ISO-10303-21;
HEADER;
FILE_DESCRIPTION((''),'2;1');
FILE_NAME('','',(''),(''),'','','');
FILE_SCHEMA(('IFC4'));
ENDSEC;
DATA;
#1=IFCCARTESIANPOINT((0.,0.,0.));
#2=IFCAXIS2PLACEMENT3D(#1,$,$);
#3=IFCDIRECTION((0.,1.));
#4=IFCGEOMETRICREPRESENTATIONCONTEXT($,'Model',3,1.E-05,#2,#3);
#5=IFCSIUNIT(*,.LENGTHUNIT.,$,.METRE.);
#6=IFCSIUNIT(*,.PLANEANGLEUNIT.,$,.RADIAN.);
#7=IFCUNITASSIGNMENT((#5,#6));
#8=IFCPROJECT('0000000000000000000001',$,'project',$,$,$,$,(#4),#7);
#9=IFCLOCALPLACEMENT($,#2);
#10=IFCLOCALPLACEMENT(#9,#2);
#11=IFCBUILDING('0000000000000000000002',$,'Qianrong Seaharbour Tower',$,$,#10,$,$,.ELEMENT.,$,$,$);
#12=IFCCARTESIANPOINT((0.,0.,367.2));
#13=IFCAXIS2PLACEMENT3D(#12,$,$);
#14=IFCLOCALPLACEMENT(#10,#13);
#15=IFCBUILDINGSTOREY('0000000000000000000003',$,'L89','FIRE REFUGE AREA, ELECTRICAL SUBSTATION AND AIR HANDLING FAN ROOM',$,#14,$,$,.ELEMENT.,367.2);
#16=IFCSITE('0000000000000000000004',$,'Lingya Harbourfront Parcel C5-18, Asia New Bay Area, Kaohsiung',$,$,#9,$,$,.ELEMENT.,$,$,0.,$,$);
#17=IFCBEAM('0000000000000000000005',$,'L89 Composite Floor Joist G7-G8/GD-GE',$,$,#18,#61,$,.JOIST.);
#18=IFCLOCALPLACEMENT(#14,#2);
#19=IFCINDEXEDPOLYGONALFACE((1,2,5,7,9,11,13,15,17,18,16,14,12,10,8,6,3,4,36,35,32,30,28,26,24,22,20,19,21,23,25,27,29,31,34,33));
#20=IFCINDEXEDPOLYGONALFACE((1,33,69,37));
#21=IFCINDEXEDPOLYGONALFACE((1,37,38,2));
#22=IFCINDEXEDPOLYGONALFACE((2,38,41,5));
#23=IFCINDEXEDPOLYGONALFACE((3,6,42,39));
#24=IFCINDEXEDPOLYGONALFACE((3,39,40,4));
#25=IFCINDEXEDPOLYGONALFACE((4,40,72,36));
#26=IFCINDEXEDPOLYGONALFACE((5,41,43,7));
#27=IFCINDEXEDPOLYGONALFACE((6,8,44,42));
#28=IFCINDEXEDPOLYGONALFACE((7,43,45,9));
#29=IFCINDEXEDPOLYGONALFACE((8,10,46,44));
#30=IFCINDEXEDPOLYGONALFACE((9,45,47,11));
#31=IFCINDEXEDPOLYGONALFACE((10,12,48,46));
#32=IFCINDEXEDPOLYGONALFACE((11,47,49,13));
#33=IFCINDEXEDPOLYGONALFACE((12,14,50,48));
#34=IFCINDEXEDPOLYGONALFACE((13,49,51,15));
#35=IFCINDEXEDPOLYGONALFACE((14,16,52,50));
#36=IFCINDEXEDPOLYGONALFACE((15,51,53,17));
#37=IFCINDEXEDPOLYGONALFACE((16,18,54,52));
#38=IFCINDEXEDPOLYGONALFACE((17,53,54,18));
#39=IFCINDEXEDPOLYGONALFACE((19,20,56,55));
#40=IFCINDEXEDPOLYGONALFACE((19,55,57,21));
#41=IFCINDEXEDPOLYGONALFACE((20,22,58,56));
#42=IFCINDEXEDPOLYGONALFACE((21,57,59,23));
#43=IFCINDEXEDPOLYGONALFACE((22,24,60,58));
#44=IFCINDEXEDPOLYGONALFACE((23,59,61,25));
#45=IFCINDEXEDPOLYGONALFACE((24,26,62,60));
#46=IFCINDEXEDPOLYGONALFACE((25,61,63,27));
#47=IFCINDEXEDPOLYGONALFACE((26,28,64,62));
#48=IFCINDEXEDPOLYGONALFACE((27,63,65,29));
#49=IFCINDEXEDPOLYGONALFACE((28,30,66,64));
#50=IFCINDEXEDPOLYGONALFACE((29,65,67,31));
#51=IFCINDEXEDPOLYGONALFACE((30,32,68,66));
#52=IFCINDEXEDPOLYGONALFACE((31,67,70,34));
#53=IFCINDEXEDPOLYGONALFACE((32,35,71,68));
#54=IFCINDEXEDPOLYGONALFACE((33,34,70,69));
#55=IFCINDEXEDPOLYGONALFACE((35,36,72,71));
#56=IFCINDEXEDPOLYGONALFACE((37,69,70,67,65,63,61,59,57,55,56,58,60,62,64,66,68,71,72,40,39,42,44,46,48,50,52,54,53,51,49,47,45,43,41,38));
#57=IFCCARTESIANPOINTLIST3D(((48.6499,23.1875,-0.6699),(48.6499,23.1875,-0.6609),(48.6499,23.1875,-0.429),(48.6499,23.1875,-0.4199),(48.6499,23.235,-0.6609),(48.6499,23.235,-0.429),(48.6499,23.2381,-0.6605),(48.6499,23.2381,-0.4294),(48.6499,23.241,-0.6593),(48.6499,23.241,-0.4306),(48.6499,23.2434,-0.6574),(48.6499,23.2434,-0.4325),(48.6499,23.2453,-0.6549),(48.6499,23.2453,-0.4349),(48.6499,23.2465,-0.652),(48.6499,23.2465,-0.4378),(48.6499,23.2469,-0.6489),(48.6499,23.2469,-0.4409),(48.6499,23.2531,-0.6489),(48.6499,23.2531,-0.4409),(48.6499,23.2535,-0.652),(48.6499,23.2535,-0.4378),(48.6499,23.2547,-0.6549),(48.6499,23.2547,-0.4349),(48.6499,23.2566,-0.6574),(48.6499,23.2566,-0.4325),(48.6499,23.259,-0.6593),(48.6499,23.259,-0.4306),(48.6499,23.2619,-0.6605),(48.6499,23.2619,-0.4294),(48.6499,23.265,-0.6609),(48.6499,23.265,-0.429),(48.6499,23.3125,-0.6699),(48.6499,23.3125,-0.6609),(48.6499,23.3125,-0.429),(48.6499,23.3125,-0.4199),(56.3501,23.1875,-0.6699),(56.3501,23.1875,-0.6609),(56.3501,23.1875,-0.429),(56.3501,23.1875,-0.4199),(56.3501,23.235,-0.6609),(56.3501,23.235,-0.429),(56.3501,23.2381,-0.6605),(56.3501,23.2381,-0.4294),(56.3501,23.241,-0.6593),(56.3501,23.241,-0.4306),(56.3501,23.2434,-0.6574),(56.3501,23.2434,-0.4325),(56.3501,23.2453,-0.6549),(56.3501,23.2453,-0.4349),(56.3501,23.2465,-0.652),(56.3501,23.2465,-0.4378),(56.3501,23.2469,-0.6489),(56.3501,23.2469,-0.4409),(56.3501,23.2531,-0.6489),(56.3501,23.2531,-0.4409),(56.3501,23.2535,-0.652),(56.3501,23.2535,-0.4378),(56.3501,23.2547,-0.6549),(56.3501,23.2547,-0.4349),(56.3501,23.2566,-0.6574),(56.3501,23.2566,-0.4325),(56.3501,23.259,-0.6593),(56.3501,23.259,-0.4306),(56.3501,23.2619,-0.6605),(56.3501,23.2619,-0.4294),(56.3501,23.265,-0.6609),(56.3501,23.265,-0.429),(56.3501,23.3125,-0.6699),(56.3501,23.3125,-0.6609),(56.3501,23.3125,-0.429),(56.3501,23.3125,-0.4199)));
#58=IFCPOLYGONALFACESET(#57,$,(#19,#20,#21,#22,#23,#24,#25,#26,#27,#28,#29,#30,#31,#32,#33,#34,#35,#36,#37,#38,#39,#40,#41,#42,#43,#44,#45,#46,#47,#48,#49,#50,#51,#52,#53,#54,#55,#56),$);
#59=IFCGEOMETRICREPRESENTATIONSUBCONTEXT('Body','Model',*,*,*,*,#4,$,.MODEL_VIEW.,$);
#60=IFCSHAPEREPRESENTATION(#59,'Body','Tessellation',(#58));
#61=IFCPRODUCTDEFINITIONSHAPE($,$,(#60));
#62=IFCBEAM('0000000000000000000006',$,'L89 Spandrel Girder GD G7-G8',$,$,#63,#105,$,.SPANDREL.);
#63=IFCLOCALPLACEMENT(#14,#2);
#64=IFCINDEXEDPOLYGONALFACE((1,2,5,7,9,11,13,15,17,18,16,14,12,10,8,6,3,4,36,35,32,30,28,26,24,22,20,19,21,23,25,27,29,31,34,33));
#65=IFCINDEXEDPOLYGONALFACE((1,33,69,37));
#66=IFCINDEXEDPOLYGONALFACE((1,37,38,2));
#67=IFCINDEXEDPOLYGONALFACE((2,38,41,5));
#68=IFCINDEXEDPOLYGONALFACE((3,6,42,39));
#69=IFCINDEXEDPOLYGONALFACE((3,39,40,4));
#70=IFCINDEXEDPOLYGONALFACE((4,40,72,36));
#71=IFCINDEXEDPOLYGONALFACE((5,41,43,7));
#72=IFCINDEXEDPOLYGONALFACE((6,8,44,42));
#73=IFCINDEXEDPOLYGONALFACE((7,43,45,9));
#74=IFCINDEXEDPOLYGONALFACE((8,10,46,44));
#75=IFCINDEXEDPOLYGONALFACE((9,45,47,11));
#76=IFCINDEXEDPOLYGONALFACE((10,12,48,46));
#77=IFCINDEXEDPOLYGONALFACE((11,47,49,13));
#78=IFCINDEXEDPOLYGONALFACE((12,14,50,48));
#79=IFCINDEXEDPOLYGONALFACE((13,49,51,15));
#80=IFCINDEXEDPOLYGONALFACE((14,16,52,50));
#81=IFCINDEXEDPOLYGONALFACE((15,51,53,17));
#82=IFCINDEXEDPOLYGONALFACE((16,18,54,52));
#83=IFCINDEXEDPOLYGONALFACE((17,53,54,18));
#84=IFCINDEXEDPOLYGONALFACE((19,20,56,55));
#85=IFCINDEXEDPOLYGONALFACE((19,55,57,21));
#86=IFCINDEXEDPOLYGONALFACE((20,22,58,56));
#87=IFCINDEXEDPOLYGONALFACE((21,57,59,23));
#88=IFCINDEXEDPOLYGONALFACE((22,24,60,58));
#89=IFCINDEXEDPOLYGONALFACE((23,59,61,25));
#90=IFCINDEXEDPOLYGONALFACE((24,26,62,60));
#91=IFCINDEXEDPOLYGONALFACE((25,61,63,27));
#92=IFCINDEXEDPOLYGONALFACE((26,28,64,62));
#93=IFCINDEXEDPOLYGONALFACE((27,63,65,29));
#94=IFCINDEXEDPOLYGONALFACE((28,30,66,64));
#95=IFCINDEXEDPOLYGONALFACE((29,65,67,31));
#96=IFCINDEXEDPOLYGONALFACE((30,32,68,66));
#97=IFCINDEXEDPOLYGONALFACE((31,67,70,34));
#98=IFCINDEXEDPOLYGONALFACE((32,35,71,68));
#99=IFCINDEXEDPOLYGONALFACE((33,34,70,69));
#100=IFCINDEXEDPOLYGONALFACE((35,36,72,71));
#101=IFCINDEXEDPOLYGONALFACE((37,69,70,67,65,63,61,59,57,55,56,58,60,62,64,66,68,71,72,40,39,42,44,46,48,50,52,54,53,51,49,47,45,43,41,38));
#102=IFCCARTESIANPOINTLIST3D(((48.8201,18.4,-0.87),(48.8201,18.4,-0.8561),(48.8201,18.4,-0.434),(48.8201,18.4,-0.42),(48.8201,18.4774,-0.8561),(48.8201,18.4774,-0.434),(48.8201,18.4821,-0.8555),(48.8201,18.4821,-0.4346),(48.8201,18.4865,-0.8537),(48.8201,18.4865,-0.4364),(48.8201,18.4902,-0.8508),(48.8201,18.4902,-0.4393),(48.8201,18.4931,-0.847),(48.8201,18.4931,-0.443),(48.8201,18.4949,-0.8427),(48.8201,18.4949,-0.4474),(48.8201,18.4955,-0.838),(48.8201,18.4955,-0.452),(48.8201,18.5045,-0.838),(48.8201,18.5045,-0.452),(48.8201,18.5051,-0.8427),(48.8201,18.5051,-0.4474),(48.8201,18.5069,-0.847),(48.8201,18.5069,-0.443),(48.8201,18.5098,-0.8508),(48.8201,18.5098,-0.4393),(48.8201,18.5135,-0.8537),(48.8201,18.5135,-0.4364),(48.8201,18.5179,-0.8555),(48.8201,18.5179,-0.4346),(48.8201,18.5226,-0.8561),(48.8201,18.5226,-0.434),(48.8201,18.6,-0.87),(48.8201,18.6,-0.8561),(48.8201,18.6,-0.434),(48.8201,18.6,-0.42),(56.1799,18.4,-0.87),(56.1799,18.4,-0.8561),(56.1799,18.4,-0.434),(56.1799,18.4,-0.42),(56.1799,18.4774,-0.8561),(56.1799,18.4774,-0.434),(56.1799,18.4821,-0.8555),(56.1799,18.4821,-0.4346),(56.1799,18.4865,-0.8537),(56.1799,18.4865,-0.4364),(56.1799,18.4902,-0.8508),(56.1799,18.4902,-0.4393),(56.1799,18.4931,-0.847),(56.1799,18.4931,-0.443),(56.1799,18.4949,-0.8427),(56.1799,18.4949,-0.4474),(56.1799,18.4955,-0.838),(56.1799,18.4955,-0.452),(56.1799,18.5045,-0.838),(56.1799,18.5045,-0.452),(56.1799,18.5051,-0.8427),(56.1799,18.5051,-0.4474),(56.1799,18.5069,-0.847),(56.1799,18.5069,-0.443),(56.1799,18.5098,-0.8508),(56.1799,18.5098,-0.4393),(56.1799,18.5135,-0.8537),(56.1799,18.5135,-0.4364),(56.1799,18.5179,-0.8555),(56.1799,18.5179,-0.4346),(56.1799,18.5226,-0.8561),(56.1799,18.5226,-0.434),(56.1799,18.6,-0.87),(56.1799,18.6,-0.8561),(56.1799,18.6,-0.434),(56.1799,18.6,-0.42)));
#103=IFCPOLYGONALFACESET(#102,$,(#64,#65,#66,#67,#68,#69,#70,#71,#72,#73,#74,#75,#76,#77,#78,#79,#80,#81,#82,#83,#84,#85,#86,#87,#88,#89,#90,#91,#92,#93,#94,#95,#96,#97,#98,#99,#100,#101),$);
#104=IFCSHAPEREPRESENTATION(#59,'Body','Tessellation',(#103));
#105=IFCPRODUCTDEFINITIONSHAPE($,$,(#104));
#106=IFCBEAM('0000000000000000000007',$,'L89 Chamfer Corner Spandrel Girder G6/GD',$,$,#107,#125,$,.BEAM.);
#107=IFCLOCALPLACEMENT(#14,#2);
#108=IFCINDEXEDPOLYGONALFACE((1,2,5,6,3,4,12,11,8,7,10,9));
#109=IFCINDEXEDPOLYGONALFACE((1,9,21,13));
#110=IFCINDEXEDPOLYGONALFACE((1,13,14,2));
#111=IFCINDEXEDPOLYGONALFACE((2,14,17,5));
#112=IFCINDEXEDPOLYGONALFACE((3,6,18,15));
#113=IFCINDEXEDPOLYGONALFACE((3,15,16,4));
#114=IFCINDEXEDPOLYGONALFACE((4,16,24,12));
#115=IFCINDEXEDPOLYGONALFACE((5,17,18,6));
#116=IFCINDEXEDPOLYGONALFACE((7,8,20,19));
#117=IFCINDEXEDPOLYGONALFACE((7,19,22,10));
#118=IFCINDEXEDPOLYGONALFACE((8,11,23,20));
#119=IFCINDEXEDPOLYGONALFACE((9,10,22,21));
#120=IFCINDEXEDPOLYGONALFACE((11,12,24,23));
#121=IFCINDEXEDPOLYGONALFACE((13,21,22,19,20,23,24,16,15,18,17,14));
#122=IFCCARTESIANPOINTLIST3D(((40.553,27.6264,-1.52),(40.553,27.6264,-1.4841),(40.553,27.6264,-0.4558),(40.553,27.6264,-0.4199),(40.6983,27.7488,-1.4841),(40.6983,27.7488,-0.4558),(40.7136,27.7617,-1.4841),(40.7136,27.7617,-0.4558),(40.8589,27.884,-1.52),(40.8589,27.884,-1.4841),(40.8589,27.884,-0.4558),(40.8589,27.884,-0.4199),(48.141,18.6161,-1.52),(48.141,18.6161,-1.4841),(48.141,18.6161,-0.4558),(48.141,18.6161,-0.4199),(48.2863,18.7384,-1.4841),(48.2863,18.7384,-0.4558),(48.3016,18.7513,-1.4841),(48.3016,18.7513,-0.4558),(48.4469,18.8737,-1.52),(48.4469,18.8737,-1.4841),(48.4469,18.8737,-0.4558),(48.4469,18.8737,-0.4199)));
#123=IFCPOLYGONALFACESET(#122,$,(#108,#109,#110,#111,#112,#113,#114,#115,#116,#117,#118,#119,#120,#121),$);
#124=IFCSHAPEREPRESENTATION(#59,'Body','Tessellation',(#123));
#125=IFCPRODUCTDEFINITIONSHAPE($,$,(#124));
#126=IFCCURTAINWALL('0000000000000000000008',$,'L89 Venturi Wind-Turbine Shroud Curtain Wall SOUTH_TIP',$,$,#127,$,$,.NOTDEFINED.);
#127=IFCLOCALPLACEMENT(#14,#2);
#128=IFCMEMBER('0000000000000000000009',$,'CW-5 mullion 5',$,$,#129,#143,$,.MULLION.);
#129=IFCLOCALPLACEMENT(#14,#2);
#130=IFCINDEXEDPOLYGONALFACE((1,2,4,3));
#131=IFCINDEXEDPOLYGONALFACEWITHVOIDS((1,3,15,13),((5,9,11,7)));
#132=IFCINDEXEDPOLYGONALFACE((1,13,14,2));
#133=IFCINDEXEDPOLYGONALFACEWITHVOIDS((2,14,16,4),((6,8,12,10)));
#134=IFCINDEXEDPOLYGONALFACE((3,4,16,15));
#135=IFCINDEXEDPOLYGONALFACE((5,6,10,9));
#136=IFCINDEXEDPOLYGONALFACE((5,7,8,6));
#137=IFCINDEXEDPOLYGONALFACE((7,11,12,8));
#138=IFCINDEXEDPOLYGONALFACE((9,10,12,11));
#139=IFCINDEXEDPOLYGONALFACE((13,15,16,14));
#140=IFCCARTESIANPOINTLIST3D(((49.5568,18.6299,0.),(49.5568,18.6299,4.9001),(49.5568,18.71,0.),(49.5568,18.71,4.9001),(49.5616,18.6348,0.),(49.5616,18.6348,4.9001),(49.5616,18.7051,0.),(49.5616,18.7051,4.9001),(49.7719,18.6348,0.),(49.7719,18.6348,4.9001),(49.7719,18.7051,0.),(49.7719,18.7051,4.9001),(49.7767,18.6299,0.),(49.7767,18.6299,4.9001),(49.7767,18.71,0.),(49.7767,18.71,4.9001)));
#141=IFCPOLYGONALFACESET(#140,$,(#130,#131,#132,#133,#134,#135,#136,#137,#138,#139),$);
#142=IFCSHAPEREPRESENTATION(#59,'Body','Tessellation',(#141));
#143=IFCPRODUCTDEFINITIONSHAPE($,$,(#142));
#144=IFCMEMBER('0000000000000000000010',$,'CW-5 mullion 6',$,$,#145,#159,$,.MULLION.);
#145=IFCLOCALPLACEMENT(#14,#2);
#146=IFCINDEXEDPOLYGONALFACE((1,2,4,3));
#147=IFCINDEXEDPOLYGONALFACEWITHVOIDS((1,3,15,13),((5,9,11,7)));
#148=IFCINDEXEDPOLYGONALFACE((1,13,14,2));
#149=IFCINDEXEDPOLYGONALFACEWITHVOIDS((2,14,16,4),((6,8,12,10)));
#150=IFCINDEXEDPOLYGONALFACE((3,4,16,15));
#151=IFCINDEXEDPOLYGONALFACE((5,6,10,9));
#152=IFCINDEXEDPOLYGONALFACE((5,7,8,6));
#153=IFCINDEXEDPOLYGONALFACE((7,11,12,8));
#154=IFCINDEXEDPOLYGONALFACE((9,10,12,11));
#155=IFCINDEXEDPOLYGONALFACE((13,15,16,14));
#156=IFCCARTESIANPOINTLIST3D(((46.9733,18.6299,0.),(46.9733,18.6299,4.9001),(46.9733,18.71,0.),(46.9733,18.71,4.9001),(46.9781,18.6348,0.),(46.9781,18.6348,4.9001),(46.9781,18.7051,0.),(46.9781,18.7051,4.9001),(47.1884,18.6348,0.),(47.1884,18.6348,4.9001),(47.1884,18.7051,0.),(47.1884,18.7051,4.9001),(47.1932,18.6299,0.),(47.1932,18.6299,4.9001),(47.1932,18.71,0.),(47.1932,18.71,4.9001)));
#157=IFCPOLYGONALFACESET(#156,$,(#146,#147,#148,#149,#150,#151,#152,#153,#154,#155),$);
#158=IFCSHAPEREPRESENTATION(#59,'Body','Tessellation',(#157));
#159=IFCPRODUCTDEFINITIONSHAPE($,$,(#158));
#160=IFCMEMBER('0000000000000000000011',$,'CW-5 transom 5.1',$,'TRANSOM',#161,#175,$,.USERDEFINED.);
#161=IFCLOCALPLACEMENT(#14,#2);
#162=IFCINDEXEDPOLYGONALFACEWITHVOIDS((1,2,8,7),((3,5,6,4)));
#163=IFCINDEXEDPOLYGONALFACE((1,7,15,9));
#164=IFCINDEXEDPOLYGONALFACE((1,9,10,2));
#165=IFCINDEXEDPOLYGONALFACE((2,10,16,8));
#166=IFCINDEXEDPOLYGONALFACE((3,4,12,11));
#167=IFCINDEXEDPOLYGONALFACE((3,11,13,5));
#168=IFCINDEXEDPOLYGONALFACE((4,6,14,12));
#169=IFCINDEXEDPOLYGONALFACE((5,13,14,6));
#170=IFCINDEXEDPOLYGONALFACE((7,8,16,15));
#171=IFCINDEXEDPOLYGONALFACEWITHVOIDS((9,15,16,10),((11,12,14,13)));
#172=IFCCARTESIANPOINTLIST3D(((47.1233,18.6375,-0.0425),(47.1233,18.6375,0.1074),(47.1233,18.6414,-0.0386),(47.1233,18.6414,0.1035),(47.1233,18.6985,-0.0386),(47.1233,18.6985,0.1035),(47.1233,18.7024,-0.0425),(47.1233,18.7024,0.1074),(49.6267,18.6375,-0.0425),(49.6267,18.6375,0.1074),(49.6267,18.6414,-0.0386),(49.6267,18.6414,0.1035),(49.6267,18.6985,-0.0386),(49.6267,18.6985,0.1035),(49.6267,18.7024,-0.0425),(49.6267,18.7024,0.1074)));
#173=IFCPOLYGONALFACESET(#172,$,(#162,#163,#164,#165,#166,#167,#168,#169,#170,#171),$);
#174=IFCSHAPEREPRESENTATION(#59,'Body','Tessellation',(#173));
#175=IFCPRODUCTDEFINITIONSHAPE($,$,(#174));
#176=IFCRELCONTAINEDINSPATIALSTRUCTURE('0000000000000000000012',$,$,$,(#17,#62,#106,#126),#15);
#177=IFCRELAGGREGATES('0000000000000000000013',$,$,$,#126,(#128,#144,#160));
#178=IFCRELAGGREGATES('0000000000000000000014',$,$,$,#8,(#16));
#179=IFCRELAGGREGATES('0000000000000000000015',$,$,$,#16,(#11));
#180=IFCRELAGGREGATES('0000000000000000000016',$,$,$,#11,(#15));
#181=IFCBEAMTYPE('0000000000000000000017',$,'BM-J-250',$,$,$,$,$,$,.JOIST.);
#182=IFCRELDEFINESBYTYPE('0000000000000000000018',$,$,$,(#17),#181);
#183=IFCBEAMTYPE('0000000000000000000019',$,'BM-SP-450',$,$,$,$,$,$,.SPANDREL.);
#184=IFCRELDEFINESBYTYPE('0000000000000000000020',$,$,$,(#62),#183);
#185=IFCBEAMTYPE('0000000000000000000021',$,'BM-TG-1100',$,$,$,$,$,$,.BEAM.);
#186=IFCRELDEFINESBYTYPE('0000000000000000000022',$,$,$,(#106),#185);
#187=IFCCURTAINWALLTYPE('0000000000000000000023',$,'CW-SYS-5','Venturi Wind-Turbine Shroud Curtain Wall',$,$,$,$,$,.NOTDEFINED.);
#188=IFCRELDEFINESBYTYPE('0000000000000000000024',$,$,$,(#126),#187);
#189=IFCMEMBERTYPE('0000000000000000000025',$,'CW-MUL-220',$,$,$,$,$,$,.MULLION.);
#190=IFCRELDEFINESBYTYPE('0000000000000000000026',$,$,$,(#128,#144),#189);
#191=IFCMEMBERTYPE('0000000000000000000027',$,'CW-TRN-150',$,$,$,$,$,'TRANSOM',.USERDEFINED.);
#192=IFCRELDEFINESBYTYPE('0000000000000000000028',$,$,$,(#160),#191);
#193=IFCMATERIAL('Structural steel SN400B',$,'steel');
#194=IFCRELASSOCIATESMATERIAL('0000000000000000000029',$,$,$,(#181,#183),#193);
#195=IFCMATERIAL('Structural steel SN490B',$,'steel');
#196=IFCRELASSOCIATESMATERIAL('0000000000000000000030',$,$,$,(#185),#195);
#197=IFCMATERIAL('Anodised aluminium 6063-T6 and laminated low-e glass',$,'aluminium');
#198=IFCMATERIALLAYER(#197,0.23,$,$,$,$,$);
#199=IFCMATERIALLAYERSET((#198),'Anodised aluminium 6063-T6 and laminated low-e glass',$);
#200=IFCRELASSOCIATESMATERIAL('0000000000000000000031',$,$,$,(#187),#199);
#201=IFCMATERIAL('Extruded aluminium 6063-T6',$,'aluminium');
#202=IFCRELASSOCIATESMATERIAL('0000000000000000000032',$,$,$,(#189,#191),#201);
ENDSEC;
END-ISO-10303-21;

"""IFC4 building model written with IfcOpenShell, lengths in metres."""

from ifc_helpers import new_model, si_unit, direction, frame, origin, origin_2d, place, context, subcontext, project, spatial, hollow_rectangle, i_section, extrude, material, layer, layer_set, material_profile, profile_set, type_object, element, aggregate, save


model = new_model("IFC4")

# Units and contexts
model_context = context("Model", 3, precision=1e-05, world=origin(), true_north=direction((0.0, 1.0)))
body_context = subcontext(model_context, "Body", "Model", "MODEL_VIEW")
ifc_project = project(units=[si_unit("LENGTHUNIT", "METRE"), si_unit("PLANEANGLEUNIT", "RADIAN")], contexts=[model_context])

# Site, building, storey
site_placement = place(None, origin())
site = spatial("IfcSite", under=ifc_project, at=site_placement, Name="Lingya Harbourfront Parcel C5-18, Asia New Bay Area, Kaohsiung", CompositionType="ELEMENT", RefElevation=0.0)
building_placement = place(site_placement, origin())
building = spatial("IfcBuilding", under=site, at=building_placement, Name="Qianrong Seaharbour Tower", CompositionType="ELEMENT")
storey_placement = place(building_placement, frame((0.0, 0.0, 367.2)))
storey = spatial("IfcBuildingStorey", under=building, at=storey_placement, Name="L89", Description="FIRE REFUGE AREA, ELECTRICAL SUBSTATION AND AIR HANDLING FAN ROOM", CompositionType="ELEMENT", Elevation=367.2)

# Shared definitions
ifc_material_1 = material(Name="Structural steel SN400B", Category="steel")

# Beams
ifc_material_2 = material(Name="Structural steel SN490B", Category="steel")
ifc_material_profile_1 = material_profile(ifc_material_1, i_section(OverallWidth=0.125, OverallDepth=0.25, WebThickness=0.0061, FlangeThickness=0.009, FilletRadius=0.012, at=origin_2d()), Name="H250x125x6x9")
ifc_profile_set_1 = profile_set([ifc_material_profile_1], Name="Structural steel SN400B")
beam_type_1 = type_object("IfcBeamType", Name="BM-J-250", PredefinedType="JOIST", material=ifc_profile_set_1)
beam_1_placement = place(storey_placement, frame((48.6499, 23.25, -0.5449), z_axis=(1.0, 0.0, 0.0), x_axis=(0.0, 1.0, 0.0)))
element("IfcBeam", 1, at=beam_1_placement, inside=storey, type_object=beam_type_1, Name="L89 Composite Floor Joist G7-G8/GD-GE", PredefinedType="JOIST", context=body_context, shape_type="SweptSolid", body=[
    extrude(i_section(OverallWidth=0.125, OverallDepth=0.25, WebThickness=0.0061, FlangeThickness=0.009, FilletRadius=0.012, at=origin_2d()), origin(), (0.0, 0.0, 1.0), 7.7002),
])
ifc_material_profile_2 = material_profile(ifc_material_1, i_section(OverallWidth=0.2, OverallDepth=0.45, WebThickness=0.009, FlangeThickness=0.0139, FilletRadius=0.0181, at=origin_2d()), Name="H450x200x9x14")
ifc_profile_set_2 = profile_set([ifc_material_profile_2], Name="Structural steel SN400B")
beam_type_2 = type_object("IfcBeamType", Name="BM-SP-450", PredefinedType="SPANDREL", material=ifc_profile_set_2)
beam_2_placement = place(storey_placement, frame((48.8201, 18.5, -0.645), z_axis=(1.0, 0.0, 0.0), x_axis=(0.0, 1.0, 0.0)))
element("IfcBeam", 2, at=beam_2_placement, inside=storey, type_object=beam_type_2, Name="L89 Spandrel Girder GD G7-G8", PredefinedType="SPANDREL", context=body_context, shape_type="SweptSolid", body=[
    extrude(i_section(OverallWidth=0.2, OverallDepth=0.45, WebThickness=0.009, FlangeThickness=0.0139, FilletRadius=0.0181, at=origin_2d()), origin(), (0.0, 0.0, 1.0), 7.3599),
])
ifc_material_profile_3 = material_profile(ifc_material_2, i_section(OverallWidth=0.3999, OverallDepth=1.1001, WebThickness=0.02, FlangeThickness=0.0359, at=origin_2d()), Name="BH1100x400x20x36")
ifc_profile_set_3 = profile_set([ifc_material_profile_3], Name="Structural steel SN490B")
beam_type_3 = type_object("IfcBeamType", Name="BM-TG-1100", PredefinedType="BEAM", material=ifc_profile_set_3)
beam_3_placement = place(storey_placement, frame((48.2939, 18.7449, -0.97), z_axis=(-0.644151, 0.764898, 0.0), x_axis=(-0.764898, -0.644151, 0.0)))
element("IfcBeam", 3, at=beam_3_placement, inside=storey, type_object=beam_type_3, Name="L89 Chamfer Corner Spandrel Girder G6/GD", PredefinedType="BEAM", context=body_context, shape_type="SweptSolid", body=[
    extrude(i_section(OverallWidth=0.3999, OverallDepth=1.1001, WebThickness=0.02, FlangeThickness=0.0359, at=origin_2d()), origin(), (0.0, 0.0, 1.0), 11.7798),
])

# Curtain wall, members
ifc_material_3 = material(Name="Anodised aluminium 6063-T6 and laminated low-e glass", Category="aluminium")
ifc_layer_1 = layer(ifc_material_3, 0.23)
ifc_layer_set_1 = layer_set([ifc_layer_1], Name="Anodised aluminium 6063-T6 and laminated low-e glass")
curtain_wall_type = type_object("IfcCurtainWallType", Name="CW-SYS-5", Description="Venturi Wind-Turbine Shroud Curtain Wall", PredefinedType="NOTDEFINED", material=ifc_layer_set_1)
curtain_wall_placement = place(storey_placement, origin())
curtain_wall = element("IfcCurtainWall", 4, at=curtain_wall_placement, inside=storey, type_object=curtain_wall_type, Name="L89 Venturi Wind-Turbine Shroud Curtain Wall SOUTH_TIP", PredefinedType="NOTDEFINED")
ifc_material_4 = material(Name="Extruded aluminium 6063-T6", Category="aluminium")
ifc_material_profile_4 = material_profile(ifc_material_4, hollow_rectangle(XDim=0.0801, YDim=0.22, WallThickness=0.0049, at=origin_2d()), Name="ALU-MUL-220x80x5")
ifc_profile_set_4 = profile_set([ifc_material_profile_4], Name="Extruded aluminium 6063-T6")
member_type_1 = type_object("IfcMemberType", Name="CW-MUL-220", PredefinedType="MULLION", material=ifc_profile_set_4)
member_1_placement = place(storey_placement, frame((49.6667, 18.6699, 0.0), z_axis=(0.0, 0.0, 1.0), x_axis=(0.0, -1.0, 0.0)))
member_1 = element("IfcMember", 5, at=member_1_placement, type_object=member_type_1, Name="CW-5 mullion 5", PredefinedType="MULLION", context=body_context, shape_type="SweptSolid", body=[
    extrude(hollow_rectangle(XDim=0.0801, YDim=0.22, WallThickness=0.0049, at=origin_2d()), origin(), (0.0, 0.0, 1.0), 4.9001),
])
member_2_placement = place(storey_placement, frame((47.0833, 18.6699, 0.0), z_axis=(0.0, 0.0, 1.0), x_axis=(0.0, -1.0, 0.0)))
member_2 = element("IfcMember", 6, at=member_2_placement, type_object=member_type_1, Name="CW-5 mullion 6", PredefinedType="MULLION", context=body_context, shape_type="SweptSolid", body=[
    extrude(hollow_rectangle(XDim=0.0801, YDim=0.22, WallThickness=0.0049, at=origin_2d()), origin(), (0.0, 0.0, 1.0), 4.9001),
])
ifc_material_profile_5 = material_profile(ifc_material_4, hollow_rectangle(XDim=0.0649, YDim=0.1499, WallThickness=0.0039, at=origin_2d()), Name="ALU-TRN-150x65x4")
ifc_profile_set_5 = profile_set([ifc_material_profile_5], Name="Extruded aluminium 6063-T6")
member_type_2 = type_object("IfcMemberType", Name="CW-TRN-150", ElementType="TRANSOM", PredefinedType="USERDEFINED", material=ifc_profile_set_5)
member_3_placement = place(storey_placement, frame((49.6267, 18.6699, 0.0325), z_axis=(-1.0, 0.0, 0.0), x_axis=(0.0, -1.0, 0.0)))
member_3 = element("IfcMember", 7, at=member_3_placement, type_object=member_type_2, Name="CW-5 transom 5.1", ObjectType="TRANSOM", PredefinedType="USERDEFINED", context=body_context, shape_type="SweptSolid", body=[
    extrude(hollow_rectangle(XDim=0.0649, YDim=0.1499, WallThickness=0.0039, at=origin_2d()), origin(), (0.0, 0.0, 1.0), 2.5034),
])
aggregate(curtain_wall, [member_1, member_2, member_3])

save(model, "model.ifc")
